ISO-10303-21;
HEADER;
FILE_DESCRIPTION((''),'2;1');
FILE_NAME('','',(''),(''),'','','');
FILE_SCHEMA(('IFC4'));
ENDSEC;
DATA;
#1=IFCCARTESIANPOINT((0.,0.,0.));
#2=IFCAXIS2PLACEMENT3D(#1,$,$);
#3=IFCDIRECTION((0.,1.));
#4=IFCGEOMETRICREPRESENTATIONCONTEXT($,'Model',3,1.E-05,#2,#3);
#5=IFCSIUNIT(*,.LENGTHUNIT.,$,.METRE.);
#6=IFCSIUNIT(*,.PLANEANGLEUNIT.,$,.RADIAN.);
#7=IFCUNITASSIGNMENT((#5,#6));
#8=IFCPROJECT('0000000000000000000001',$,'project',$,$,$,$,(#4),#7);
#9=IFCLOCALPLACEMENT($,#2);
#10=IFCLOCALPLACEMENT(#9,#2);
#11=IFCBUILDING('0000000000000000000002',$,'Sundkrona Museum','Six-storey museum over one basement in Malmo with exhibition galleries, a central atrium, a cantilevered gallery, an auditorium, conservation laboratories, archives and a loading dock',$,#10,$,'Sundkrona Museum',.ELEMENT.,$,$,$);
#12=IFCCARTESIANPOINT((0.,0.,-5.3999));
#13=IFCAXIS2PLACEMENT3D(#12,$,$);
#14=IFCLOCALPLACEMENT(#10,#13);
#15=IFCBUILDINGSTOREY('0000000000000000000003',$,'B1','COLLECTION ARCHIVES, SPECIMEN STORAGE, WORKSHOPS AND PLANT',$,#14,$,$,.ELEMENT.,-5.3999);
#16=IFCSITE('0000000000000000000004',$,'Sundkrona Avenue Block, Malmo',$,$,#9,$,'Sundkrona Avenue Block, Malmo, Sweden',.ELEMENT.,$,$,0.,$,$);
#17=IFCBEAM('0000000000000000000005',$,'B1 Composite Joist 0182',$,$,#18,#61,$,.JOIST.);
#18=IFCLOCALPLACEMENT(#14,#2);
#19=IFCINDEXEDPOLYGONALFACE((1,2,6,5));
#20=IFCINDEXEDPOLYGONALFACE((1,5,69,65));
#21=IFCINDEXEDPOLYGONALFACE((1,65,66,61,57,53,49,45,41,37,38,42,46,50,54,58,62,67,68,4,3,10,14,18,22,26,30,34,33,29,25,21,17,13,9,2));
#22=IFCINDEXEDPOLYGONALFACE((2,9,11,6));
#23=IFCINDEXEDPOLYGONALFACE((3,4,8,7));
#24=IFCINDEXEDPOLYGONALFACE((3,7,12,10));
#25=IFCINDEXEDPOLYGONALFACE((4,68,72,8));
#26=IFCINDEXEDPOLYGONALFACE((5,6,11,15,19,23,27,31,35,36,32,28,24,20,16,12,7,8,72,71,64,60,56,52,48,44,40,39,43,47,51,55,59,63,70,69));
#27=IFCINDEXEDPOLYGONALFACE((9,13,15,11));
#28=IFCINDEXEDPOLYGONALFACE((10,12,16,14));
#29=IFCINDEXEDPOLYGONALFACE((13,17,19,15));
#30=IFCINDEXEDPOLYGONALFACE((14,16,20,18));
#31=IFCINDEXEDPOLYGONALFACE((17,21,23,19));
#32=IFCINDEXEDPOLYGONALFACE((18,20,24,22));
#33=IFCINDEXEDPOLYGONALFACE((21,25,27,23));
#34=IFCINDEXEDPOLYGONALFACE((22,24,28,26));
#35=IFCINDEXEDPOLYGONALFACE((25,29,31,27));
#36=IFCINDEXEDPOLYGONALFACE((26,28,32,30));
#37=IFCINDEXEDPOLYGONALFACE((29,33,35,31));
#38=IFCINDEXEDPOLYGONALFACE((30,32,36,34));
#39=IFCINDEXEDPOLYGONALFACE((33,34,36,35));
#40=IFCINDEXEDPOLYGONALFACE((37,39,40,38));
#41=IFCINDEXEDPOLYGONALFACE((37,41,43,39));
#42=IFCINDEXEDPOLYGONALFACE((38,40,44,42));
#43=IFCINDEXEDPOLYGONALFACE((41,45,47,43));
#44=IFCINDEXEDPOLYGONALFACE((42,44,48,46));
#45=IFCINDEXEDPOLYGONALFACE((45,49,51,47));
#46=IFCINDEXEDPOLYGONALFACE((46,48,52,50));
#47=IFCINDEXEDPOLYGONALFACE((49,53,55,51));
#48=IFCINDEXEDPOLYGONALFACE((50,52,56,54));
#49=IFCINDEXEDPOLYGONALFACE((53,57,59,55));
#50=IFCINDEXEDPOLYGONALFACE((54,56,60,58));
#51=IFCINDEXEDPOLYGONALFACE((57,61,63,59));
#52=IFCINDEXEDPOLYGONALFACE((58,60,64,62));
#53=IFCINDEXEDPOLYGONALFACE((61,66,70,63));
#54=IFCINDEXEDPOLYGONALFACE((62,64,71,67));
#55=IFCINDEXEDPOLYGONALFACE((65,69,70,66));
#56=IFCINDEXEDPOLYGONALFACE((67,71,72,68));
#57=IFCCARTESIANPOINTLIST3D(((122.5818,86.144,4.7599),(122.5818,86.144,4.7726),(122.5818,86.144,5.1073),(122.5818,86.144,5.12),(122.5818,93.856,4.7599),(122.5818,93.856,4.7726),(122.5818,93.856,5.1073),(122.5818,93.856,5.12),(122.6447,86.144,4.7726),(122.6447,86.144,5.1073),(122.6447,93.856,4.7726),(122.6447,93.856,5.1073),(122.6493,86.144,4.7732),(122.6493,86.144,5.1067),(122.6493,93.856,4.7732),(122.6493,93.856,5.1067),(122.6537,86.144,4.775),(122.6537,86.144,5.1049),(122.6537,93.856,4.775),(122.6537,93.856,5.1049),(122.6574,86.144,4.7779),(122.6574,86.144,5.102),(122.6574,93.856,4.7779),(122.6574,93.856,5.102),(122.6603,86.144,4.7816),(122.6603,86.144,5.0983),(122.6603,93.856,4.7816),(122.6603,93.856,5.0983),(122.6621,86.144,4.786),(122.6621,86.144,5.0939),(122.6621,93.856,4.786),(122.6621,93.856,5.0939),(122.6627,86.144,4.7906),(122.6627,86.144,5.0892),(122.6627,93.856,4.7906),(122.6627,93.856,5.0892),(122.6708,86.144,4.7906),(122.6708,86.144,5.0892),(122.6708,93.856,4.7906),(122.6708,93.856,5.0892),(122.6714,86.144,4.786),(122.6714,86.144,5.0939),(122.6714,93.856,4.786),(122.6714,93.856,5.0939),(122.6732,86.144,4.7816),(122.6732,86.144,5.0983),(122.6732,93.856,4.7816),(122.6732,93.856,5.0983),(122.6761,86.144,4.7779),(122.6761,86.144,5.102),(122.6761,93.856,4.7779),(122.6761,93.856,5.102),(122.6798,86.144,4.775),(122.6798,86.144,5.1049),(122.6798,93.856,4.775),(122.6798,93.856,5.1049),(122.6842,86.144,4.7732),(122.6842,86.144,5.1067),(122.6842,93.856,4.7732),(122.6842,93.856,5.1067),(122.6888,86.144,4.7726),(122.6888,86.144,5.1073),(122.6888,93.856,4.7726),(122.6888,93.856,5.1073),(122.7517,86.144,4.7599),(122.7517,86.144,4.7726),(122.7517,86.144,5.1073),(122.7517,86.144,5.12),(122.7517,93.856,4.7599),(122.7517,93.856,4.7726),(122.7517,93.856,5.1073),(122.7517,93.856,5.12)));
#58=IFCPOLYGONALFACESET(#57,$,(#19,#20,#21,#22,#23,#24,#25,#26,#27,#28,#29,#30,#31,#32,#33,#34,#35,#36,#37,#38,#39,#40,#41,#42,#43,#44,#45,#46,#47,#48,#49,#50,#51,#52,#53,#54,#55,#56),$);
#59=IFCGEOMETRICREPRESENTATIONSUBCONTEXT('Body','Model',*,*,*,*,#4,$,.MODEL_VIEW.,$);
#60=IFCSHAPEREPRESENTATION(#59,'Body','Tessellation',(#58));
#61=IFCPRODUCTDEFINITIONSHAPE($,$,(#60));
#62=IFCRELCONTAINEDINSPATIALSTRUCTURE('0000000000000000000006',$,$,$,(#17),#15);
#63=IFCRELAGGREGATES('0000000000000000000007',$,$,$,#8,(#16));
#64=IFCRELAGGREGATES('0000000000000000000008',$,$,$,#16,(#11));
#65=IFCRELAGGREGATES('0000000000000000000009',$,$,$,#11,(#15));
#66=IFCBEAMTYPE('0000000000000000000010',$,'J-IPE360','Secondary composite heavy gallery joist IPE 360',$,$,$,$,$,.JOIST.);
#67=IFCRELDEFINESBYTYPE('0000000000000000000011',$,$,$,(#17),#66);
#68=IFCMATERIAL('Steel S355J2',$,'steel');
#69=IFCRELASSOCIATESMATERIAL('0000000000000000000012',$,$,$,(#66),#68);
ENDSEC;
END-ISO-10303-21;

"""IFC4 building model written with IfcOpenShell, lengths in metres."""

from ifc_helpers import new_model, si_unit, direction, frame, origin, origin_2d, place, context, subcontext, project, spatial, i_section, extrude, material, material_profile, profile_set, type_object, element, save


model = new_model("IFC4")

# Units and contexts
model_context = context("Model", 3, precision=1e-05, world=origin(), true_north=direction((0.0, 1.0)))
body_context = subcontext(model_context, "Body", "Model", "MODEL_VIEW")
ifc_project = project(units=[si_unit("LENGTHUNIT", "METRE"), si_unit("PLANEANGLEUNIT", "RADIAN")], contexts=[model_context])

# Site, building, storey
site_placement = place(None, origin())
site = spatial("IfcSite", under=ifc_project, at=site_placement, Name="Sundkrona Avenue Block, Malmo", LongName="Sundkrona Avenue Block, Malmo, Sweden", CompositionType="ELEMENT", RefElevation=0.0)
building_placement = place(site_placement, origin())
building = spatial("IfcBuilding", under=site, at=building_placement, Name="Sundkrona Museum", Description="Six-storey museum over one basement in Malmo with exhibition galleries, a central atrium, a cantilevered gallery, an auditorium, conservation laboratories, archives and a loading dock", LongName="Sundkrona Museum", CompositionType="ELEMENT")
storey_placement = place(building_placement, frame((0.0, 0.0, -5.3999)))
storey = spatial("IfcBuildingStorey", under=building, at=storey_placement, Name="B1", Description="COLLECTION ARCHIVES, SPECIMEN STORAGE, WORKSHOPS AND PLANT", CompositionType="ELEMENT", Elevation=-5.3999)

# Beam
ifc_material_1 = material(Name="Steel S355J2", Category="steel")
ifc_material_profile_1 = material_profile(ifc_material_1, i_section(OverallWidth=0.1699, OverallDepth=0.3601, WebThickness=0.0081, FlangeThickness=0.0127, FilletRadius=0.0181, at=origin_2d()), Name="IPE 360")
ifc_profile_set_1 = profile_set([ifc_material_profile_1], Name="Steel S355J2")
beam_type_1 = type_object("IfcBeamType", Name="J-IPE360", Description="Secondary composite heavy gallery joist IPE 360", PredefinedType="JOIST", material=ifc_profile_set_1)
for number, where, z_axis, x_axis, name in (
    (1, (122.6667, 86.144, 4.9399), (0.0, 1.0, 0.0), (-1.0, 0.0, 0.0), "B1 Composite Joist 0182"),
):
    element("IfcBeam", number, at=place(storey_placement, frame(where, z_axis=z_axis, x_axis=x_axis)), inside=storey, type_object=beam_type_1, Name=name, PredefinedType="JOIST", context=body_context, shape_type="SweptSolid", body=[
        extrude(i_section(OverallWidth=0.1699, OverallDepth=0.3601, WebThickness=0.0081, FlangeThickness=0.0127, FilletRadius=0.0181, at=origin_2d()), origin(), (0.0, 0.0, 1.0), 7.7119),
    ])

save(model, "model.ifc")
